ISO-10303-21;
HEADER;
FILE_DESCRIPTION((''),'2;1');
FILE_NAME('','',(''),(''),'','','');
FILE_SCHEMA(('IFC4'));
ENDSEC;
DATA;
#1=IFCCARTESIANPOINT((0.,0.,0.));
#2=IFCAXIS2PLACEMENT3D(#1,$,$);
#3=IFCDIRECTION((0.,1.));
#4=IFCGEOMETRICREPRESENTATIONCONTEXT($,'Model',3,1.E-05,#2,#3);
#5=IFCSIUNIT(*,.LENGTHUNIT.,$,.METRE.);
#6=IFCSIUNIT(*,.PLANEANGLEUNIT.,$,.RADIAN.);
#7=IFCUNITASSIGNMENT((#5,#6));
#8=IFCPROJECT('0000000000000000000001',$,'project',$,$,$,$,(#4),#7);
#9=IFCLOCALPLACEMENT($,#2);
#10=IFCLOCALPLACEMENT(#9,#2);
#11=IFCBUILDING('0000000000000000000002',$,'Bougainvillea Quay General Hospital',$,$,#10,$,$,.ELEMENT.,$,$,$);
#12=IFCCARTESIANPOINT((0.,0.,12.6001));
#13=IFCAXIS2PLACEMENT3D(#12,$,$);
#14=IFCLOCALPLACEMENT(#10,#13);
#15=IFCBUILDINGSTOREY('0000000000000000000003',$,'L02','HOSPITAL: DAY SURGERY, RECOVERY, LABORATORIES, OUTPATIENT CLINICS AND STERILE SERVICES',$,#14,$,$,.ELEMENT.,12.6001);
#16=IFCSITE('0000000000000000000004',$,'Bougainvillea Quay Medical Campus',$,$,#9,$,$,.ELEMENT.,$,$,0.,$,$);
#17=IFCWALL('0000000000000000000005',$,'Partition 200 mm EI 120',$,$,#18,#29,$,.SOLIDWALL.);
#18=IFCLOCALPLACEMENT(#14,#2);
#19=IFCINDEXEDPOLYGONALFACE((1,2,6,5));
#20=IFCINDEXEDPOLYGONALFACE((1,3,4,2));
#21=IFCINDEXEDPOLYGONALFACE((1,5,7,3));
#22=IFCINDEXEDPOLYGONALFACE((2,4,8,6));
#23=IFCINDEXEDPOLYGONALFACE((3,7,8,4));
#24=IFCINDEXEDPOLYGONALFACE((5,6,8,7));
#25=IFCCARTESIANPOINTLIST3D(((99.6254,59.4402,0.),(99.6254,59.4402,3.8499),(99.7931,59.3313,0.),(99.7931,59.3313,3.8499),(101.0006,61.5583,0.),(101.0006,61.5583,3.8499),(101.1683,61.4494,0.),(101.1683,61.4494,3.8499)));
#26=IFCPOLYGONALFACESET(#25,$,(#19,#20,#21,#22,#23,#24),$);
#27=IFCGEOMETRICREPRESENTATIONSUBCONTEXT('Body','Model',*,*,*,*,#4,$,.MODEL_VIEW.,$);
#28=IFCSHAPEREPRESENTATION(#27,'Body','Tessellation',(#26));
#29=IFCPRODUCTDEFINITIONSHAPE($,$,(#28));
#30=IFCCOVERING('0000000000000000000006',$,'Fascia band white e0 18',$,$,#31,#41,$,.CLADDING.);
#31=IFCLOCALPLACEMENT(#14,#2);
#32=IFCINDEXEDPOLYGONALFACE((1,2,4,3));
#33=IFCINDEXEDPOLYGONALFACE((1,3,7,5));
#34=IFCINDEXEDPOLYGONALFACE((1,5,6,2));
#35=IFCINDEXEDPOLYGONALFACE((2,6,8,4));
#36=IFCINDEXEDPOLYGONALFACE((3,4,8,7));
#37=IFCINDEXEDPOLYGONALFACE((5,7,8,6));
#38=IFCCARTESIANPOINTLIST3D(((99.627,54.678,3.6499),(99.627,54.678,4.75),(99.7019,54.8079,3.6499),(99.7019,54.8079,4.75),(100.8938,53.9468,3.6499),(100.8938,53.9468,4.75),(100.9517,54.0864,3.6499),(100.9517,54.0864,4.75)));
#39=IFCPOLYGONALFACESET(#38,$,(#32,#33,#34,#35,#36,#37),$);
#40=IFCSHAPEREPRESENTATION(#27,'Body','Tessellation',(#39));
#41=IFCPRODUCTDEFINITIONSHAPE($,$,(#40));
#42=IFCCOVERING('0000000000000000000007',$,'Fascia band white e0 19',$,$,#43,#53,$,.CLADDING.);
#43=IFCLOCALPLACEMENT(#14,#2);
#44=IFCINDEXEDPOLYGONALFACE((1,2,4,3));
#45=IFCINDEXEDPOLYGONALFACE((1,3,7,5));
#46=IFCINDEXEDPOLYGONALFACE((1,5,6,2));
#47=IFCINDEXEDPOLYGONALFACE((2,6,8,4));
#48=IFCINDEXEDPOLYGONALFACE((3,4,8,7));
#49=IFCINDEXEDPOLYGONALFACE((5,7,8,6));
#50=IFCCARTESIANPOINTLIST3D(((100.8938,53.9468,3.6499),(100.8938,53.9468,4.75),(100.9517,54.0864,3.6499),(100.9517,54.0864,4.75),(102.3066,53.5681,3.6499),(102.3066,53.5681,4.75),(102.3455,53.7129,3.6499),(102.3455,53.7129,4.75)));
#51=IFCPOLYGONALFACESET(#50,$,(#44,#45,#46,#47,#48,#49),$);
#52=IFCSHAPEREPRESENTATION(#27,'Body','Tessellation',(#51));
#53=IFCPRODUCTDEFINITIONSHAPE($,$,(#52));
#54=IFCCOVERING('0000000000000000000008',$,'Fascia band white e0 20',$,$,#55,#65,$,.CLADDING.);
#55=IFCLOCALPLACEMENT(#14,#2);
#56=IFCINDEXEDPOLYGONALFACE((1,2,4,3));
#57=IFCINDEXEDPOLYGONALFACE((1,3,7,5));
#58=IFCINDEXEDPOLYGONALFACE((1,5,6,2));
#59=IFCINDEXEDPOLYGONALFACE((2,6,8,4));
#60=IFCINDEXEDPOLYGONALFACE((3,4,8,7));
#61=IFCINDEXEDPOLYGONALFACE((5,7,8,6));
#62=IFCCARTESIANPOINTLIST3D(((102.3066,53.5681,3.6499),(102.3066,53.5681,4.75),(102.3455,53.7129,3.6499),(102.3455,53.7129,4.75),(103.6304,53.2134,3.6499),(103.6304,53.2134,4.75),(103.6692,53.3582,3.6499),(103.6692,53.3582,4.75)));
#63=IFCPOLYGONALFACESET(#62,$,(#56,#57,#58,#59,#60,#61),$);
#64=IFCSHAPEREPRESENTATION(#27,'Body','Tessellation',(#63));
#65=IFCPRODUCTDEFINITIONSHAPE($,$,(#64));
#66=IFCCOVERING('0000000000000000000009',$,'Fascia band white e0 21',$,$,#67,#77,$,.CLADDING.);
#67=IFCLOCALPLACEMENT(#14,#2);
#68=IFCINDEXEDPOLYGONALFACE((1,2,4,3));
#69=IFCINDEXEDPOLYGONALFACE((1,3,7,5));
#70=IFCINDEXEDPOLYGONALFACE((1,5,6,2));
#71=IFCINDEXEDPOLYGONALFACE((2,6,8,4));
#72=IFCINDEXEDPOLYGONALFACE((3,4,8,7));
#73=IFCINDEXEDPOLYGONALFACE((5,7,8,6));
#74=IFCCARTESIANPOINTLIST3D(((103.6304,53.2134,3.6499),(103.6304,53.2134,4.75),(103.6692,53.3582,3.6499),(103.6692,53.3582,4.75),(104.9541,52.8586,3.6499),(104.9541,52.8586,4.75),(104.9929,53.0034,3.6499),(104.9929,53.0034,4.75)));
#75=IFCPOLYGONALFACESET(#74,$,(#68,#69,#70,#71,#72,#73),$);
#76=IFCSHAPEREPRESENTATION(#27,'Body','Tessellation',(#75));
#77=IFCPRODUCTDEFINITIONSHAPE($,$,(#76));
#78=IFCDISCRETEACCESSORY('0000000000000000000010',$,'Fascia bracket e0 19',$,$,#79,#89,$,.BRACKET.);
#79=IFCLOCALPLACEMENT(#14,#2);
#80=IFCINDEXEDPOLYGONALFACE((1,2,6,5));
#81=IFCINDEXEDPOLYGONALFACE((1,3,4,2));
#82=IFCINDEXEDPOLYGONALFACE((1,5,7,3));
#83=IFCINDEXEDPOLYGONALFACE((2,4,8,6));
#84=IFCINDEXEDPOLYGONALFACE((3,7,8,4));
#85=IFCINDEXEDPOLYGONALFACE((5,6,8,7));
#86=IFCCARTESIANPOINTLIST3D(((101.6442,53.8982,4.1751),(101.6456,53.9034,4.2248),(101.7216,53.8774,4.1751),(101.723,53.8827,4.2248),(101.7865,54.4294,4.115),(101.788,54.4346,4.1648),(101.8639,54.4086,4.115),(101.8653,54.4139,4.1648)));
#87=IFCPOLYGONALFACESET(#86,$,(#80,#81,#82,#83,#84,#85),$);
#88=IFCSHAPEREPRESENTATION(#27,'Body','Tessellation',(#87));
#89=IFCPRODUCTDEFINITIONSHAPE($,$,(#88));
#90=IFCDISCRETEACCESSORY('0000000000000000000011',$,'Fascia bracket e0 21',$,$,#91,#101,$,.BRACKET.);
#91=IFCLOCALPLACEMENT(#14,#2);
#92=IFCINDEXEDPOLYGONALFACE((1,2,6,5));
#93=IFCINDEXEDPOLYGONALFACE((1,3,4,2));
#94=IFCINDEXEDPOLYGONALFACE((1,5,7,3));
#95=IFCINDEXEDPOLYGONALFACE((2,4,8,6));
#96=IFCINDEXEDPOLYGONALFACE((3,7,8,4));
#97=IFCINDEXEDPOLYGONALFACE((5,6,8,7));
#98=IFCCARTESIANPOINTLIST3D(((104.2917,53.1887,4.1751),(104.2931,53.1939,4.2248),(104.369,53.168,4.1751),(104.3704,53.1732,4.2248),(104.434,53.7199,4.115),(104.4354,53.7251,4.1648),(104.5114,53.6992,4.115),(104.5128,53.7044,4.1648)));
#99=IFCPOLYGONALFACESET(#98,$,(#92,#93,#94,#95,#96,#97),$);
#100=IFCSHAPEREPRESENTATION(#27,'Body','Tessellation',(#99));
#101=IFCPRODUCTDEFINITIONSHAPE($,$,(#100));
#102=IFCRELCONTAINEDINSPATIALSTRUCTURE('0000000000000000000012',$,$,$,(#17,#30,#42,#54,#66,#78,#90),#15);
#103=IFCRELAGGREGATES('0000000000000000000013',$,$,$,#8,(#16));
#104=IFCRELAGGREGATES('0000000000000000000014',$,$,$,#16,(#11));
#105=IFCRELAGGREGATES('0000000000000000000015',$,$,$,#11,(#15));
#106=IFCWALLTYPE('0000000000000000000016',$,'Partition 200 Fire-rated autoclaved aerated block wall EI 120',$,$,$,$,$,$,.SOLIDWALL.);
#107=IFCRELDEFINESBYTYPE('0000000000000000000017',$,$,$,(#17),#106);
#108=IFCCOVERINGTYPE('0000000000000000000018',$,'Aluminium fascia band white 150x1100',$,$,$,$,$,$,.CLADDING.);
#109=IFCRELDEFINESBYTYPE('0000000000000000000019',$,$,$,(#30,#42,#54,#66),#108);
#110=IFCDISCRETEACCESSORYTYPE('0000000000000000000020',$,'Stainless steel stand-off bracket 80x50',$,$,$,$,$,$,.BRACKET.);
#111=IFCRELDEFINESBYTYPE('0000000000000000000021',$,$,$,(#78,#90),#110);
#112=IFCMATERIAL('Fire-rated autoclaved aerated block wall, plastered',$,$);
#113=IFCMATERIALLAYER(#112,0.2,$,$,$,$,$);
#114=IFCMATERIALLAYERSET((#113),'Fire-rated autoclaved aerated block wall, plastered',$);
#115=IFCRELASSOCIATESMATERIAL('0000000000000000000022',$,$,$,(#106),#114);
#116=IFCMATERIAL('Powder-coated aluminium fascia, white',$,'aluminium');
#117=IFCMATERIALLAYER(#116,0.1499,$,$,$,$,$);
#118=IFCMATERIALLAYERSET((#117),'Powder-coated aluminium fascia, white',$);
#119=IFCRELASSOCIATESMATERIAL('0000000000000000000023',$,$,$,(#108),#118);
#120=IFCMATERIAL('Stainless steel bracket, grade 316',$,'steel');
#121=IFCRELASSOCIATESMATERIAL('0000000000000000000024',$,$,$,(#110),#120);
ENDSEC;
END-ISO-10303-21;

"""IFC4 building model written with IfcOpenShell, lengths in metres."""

from ifc_helpers import new_model, si_unit, direction, frame, frame_2d, origin, origin_2d, place, context, subcontext, project, spatial, polyline, rectangle, outline, extrude, material, layer, layer_set, material_profile, profile_set, type_object, element, save


model = new_model("IFC4")

# Units and contexts
model_context = context("Model", 3, precision=1e-05, world=origin(), true_north=direction((0.0, 1.0)))
body_context = subcontext(model_context, "Body", "Model", "MODEL_VIEW")
ifc_project = project(units=[si_unit("LENGTHUNIT", "METRE"), si_unit("PLANEANGLEUNIT", "RADIAN")], contexts=[model_context])

# Site, building, storey
site_placement = place(None, origin())
site = spatial("IfcSite", under=ifc_project, at=site_placement, Name="Bougainvillea Quay Medical Campus", CompositionType="ELEMENT", RefElevation=0.0)
building_placement = place(site_placement, origin())
building = spatial("IfcBuilding", under=site, at=building_placement, Name="Bougainvillea Quay General Hospital", CompositionType="ELEMENT")
storey_placement = place(building_placement, frame((0.0, 0.0, 12.6001)))
storey = spatial("IfcBuildingStorey", under=building, at=storey_placement, Name="L02", Description="HOSPITAL: DAY SURGERY, RECOVERY, LABORATORIES, OUTPATIENT CLINICS AND STERILE SERVICES", CompositionType="ELEMENT", Elevation=12.6001)

# Wall
ifc_material_1 = material(Name="Fire-rated autoclaved aerated block wall, plastered")
ifc_layer_1 = layer(ifc_material_1, 0.2)
ifc_layer_set_1 = layer_set([ifc_layer_1], Name="Fire-rated autoclaved aerated block wall, plastered")
wall_type_1 = type_object("IfcWallType", Name="Partition 200 Fire-rated autoclaved aerated block wall EI 120", PredefinedType="SOLIDWALL", material=ifc_layer_set_1)
wall_1_placement = place(storey_placement, frame((99.7092, 59.3857, 0.0), z_axis=(0.0, 0.0, 1.0), x_axis=(0.544553, 0.838726, 0.0)))
element("IfcWall", 1, at=wall_1_placement, inside=storey, type_object=wall_type_1, Name="Partition 200 mm EI 120", PredefinedType="SOLIDWALL", context=body_context, shape_type="SweptSolid", body=[
    extrude(rectangle(XDim=2.5254, YDim=0.2, at=frame_2d((1.2627, 0.0))), origin(), (0.0, 0.0, 1.0), 3.8499),
])

# Coverings
ifc_material_2 = material(Name="Powder-coated aluminium fascia, white", Category="aluminium")
ifc_layer_2 = layer(ifc_material_2, 0.1499)
ifc_layer_set_2 = layer_set([ifc_layer_2], Name="Powder-coated aluminium fascia, white")
covering_type = type_object("IfcCoveringType", Name="Aluminium fascia band white 150x1100", PredefinedType="CLADDING", material=ifc_layer_set_2)
covering_1_placement = place(storey_placement, frame((99.7019, 54.8079, 3.6499), z_axis=(0.0, 0.0, 1.0), x_axis=(0.866059, -0.499942, 0.0)))
element("IfcCovering", 2, at=covering_1_placement, inside=storey, type_object=covering_type, Name="Fascia band white e0 18", PredefinedType="CLADDING", context=body_context, shape_type="SweptSolid", body=[
    extrude(outline(polyline([(0.0, 0.0), (1.443, 0.0), (1.4627, -0.1499), (0.0, -0.15), (0.0, 0.0)])), origin(), (0.0, 0.0, 1.0), 1.1001),
])
covering_2_placement = place(storey_placement, frame((100.9517, 54.0864, 3.6499), z_axis=(0.0, 0.0, 1.0), x_axis=(0.965914, -0.258863, 0.0)))
element("IfcCovering", 3, at=covering_2_placement, inside=storey, type_object=covering_type, Name="Fascia band white e0 19", PredefinedType="CLADDING", context=body_context, shape_type="SweptSolid", body=[
    extrude(outline(polyline([(0.0, 0.0), (1.443, 0.0), (1.443, -0.1499), (-0.0197, -0.1499), (0.0, 0.0)])), origin(), (0.0, 0.0, 1.0), 1.1001),
])
for number, where, z_axis, x_axis, name in (
    (4, (102.3455, 53.7129, 3.6499), (0.0, 0.0, 1.0), (0.965918, -0.258849, 0.0), "Fascia band white e0 20"),
    (5, (103.6692, 53.3582, 3.6499), (0.0, 0.0, 1.0), (0.965918, -0.258849, 0.0), "Fascia band white e0 21"),
):
    element("IfcCovering", number, at=place(storey_placement, frame(where, z_axis=z_axis, x_axis=x_axis)), inside=storey, type_object=covering_type, Name=name, PredefinedType="CLADDING", context=body_context, shape_type="SweptSolid", body=[
        extrude(outline(polyline([(0.0, 0.0), (1.3704, 0.0), (1.3704, -0.1499), (0.0, -0.1499), (0.0, 0.0)])), origin(), (0.0, 0.0, 1.0), 1.1001),
    ])

# Discrete accessories
ifc_material_3 = material(Name="Stainless steel bracket, grade 316", Category="steel")
ifc_material_profile_1 = material_profile(ifc_material_3, rectangle(XDim=0.0801, YDim=0.05, at=origin_2d()))
ifc_profile_set_1 = profile_set([ifc_material_profile_1], Name="Stainless steel bracket, grade 316")
discrete_accessory_type = type_object("IfcDiscreteAccessoryType", Name="Stainless steel stand-off bracket 80x50", PredefinedType="BRACKET", material=ifc_profile_set_1)
for number, where, z_axis, x_axis, name in (
    (6, (101.8259, 54.4216, 4.1399), (-0.257266, -0.960224, 0.108555), (0.965932, -0.258795, 0.0), "Fascia bracket e0 19"),
    (7, (104.4734, 53.7122, 4.1399), (-0.257266, -0.960224, 0.108555), (0.965932, -0.258795, 0.0), "Fascia bracket e0 21"),
):
    element("IfcDiscreteAccessory", number, at=place(storey_placement, frame(where, z_axis=z_axis, x_axis=x_axis)), inside=storey, type_object=discrete_accessory_type, Name=name, PredefinedType="BRACKET", context=body_context, shape_type="SweptSolid", body=[
        extrude(rectangle(XDim=0.0801, YDim=0.05, at=origin_2d()), origin(), (0.0, 0.0, 1.0), 0.5532),
    ])

save(model, "model.ifc")
